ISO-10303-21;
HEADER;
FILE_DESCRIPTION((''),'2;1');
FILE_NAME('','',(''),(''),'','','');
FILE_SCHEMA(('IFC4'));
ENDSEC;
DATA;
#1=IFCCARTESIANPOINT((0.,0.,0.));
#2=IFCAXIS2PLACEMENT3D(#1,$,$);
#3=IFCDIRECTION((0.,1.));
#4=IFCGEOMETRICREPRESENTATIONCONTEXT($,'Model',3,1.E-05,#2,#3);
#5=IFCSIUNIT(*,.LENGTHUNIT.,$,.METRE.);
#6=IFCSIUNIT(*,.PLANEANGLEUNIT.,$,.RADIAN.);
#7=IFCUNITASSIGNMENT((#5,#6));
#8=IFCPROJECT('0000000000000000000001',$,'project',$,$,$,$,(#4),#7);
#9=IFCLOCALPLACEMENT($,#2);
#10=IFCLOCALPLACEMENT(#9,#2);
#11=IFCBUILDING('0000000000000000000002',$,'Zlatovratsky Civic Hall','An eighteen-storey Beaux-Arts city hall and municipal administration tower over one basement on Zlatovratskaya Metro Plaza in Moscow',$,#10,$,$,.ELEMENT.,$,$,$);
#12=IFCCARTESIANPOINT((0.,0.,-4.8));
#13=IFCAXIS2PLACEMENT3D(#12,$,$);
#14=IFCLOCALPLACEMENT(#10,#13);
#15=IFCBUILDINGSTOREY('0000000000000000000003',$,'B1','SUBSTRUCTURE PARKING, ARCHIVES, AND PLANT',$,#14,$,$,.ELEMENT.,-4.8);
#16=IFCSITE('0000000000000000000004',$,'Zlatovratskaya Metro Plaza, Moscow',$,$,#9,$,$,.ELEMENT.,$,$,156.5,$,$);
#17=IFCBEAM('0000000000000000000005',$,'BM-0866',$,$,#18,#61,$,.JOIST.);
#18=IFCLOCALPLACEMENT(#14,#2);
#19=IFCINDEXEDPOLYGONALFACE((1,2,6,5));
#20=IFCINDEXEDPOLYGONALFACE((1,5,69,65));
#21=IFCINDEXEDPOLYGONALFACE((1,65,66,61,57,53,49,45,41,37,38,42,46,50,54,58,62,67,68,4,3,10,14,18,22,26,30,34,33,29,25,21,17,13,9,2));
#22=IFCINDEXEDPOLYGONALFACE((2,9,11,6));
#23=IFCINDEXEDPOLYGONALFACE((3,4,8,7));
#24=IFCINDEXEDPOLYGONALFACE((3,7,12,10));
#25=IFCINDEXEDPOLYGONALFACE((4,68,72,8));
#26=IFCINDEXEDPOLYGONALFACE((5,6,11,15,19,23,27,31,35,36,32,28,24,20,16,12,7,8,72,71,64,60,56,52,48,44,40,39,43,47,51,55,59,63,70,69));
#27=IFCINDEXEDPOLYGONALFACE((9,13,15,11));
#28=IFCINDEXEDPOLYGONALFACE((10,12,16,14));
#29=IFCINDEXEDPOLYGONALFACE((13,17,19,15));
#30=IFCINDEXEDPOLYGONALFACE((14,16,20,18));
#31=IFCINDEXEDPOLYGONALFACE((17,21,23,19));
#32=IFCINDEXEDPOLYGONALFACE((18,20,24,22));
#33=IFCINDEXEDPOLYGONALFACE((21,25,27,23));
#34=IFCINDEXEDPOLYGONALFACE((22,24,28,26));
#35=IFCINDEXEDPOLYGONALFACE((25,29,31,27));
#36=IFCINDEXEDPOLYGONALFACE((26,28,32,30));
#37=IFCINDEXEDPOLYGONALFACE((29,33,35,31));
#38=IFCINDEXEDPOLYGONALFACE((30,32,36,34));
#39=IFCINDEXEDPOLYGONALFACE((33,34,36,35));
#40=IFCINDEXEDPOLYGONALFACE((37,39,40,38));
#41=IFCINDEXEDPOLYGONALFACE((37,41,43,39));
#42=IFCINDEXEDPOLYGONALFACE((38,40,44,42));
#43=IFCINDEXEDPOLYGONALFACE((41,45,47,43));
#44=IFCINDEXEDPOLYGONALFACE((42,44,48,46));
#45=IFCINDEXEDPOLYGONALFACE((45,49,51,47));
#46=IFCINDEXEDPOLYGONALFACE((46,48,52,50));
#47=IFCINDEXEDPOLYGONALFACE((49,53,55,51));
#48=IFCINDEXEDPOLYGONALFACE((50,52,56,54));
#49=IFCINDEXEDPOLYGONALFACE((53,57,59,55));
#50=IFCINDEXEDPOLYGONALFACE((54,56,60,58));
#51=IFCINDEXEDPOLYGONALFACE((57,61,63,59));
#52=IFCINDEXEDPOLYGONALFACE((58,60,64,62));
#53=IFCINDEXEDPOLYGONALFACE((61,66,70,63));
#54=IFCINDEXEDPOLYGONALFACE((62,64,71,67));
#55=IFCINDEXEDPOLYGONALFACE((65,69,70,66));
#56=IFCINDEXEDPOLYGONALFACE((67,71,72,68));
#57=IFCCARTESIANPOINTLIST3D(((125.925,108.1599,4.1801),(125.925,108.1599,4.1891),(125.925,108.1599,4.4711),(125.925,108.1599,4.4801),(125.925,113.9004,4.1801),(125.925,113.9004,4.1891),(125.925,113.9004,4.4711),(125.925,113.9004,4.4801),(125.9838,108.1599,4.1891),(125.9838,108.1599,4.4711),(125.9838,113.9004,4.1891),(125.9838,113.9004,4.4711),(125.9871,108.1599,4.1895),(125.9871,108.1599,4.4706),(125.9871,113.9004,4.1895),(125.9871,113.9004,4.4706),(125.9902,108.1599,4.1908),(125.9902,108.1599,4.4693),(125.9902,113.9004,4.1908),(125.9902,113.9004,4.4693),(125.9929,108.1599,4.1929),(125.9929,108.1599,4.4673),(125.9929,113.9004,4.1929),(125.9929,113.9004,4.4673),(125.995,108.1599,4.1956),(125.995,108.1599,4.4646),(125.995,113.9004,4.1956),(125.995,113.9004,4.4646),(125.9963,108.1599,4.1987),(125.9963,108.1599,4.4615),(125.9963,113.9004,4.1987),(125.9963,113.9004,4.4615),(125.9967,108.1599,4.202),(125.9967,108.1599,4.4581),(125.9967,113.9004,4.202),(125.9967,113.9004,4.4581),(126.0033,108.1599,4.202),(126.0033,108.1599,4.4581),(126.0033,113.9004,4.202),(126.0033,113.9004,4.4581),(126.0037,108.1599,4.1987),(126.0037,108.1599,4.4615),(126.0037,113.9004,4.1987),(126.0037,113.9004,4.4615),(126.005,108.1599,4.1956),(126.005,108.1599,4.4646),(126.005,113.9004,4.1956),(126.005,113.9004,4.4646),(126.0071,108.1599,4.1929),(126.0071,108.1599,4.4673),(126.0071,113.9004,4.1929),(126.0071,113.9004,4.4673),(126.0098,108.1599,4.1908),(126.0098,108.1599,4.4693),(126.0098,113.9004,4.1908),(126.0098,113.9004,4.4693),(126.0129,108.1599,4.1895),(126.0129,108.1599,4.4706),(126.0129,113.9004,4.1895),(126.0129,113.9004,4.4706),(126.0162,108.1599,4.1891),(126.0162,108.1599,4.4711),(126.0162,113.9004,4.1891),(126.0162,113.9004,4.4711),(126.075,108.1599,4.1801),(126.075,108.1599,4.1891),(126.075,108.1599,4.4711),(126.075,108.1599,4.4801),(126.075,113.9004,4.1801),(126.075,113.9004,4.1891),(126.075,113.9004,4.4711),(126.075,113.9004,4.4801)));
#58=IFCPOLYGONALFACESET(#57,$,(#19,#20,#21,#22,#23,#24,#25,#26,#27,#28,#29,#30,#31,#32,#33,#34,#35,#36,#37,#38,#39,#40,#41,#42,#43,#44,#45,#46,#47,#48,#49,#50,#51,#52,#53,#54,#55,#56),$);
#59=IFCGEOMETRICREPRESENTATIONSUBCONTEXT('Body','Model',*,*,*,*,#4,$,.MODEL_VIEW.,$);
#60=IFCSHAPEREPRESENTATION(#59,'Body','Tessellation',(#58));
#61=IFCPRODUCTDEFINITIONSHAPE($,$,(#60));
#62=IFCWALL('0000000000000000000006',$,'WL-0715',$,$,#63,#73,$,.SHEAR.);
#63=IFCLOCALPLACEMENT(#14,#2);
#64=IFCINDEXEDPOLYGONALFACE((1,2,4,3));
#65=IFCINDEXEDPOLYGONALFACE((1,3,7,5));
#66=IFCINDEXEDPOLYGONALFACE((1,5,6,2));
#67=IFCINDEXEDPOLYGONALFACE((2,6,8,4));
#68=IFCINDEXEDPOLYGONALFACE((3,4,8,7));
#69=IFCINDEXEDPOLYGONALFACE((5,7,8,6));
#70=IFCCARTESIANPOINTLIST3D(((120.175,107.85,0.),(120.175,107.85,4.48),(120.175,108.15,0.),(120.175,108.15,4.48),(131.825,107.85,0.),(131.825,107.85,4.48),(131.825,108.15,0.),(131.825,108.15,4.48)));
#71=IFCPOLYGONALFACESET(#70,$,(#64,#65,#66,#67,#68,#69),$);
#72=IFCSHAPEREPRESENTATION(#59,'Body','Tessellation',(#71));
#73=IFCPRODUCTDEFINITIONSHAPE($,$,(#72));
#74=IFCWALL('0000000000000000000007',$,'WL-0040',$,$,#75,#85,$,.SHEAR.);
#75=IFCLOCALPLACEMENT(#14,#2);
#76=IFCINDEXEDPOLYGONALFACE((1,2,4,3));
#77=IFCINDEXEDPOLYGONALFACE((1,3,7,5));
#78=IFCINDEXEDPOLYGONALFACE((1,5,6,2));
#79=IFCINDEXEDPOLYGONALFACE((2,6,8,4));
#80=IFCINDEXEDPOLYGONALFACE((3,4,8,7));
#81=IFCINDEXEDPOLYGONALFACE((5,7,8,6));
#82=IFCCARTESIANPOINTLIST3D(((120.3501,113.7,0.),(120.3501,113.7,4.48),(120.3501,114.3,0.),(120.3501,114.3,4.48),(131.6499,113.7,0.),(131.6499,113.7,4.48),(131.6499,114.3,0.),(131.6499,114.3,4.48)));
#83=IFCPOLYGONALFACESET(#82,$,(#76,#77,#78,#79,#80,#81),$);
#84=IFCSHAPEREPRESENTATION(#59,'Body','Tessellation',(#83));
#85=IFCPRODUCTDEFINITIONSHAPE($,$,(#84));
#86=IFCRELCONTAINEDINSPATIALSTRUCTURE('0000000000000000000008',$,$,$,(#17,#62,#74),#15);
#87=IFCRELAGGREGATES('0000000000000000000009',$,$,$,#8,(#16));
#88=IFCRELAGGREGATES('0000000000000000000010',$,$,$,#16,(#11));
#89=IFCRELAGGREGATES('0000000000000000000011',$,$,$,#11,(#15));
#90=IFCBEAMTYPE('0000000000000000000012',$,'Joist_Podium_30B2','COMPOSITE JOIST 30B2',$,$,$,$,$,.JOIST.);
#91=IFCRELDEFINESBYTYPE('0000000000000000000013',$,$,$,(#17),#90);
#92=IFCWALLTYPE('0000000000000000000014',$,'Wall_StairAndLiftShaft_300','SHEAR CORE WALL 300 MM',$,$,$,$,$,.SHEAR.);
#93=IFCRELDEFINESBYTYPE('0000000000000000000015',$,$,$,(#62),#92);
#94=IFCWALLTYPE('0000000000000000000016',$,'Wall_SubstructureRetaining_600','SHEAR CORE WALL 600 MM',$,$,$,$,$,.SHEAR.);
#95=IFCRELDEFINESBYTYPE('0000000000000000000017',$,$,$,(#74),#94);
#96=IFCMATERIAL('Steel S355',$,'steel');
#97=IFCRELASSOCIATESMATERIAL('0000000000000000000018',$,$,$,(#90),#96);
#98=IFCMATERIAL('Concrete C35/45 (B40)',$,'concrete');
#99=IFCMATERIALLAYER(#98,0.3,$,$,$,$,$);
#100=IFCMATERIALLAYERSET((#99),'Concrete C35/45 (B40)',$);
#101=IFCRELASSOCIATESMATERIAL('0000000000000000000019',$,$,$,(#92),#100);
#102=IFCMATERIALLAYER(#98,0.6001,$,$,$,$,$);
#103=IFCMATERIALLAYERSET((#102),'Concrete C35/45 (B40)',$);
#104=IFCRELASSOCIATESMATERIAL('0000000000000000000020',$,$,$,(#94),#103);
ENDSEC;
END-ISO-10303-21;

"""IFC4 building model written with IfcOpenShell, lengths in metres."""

from ifc_helpers import new_model, si_unit, direction, frame, frame_2d, origin, origin_2d, place, context, subcontext, project, spatial, rectangle, i_section, extrude, material, layer, layer_set, material_profile, profile_set, type_object, element, save


model = new_model("IFC4")

# Units and contexts
model_context = context("Model", 3, precision=1e-05, world=origin(), true_north=direction((0.0, 1.0)))
body_context = subcontext(model_context, "Body", "Model", "MODEL_VIEW")
ifc_project = project(units=[si_unit("LENGTHUNIT", "METRE"), si_unit("PLANEANGLEUNIT", "RADIAN")], contexts=[model_context])

# Site, building, storey
site_placement = place(None, origin())
site = spatial("IfcSite", under=ifc_project, at=site_placement, Name="Zlatovratskaya Metro Plaza, Moscow", CompositionType="ELEMENT", RefElevation=156.5)
building_placement = place(site_placement, origin())
building = spatial("IfcBuilding", under=site, at=building_placement, Name="Zlatovratsky Civic Hall", Description="An eighteen-storey Beaux-Arts city hall and municipal administration tower over one basement on Zlatovratskaya Metro Plaza in Moscow", CompositionType="ELEMENT")
storey_placement = place(building_placement, frame((0.0, 0.0, -4.8)))
storey = spatial("IfcBuildingStorey", under=building, at=storey_placement, Name="B1", Description="SUBSTRUCTURE PARKING, ARCHIVES, AND PLANT", CompositionType="ELEMENT", Elevation=-4.8)

# Shared definitions
ifc_material_1 = material(Name="Concrete C35/45 (B40)", Category="concrete")
ifc_material_2 = material(Name="Steel S355", Category="steel")

# Beam
ifc_material_profile_1 = material_profile(ifc_material_2, i_section(OverallWidth=0.1499, OverallDepth=0.3, WebThickness=0.0066, FlangeThickness=0.009, FilletRadius=0.0129, at=origin_2d()), Name="30B2")
ifc_profile_set_1 = profile_set([ifc_material_profile_1], Name="Steel S355")
beam_type_1 = type_object("IfcBeamType", Name="Joist_Podium_30B2", Description="COMPOSITE JOIST 30B2", PredefinedType="JOIST", material=ifc_profile_set_1)
beam_1_placement = place(storey_placement, frame((126.0, 108.1599, 4.3301), z_axis=(0.0, 1.0, 0.0), x_axis=(-1.0, 0.0, 0.0)))
element("IfcBeam", 1, at=beam_1_placement, inside=storey, type_object=beam_type_1, Name="BM-0866", PredefinedType="JOIST", context=body_context, shape_type="SweptSolid", body=[
    extrude(i_section(OverallWidth=0.1499, OverallDepth=0.3, WebThickness=0.0066, FlangeThickness=0.009, FilletRadius=0.0129, at=origin_2d()), origin(), (0.0, 0.0, 1.0), 5.7405),
])

# Walls
ifc_layer_1 = layer(ifc_material_1, 0.3)
ifc_layer_set_1 = layer_set([ifc_layer_1], Name="Concrete C35/45 (B40)")
wall_type_1 = type_object("IfcWallType", Name="Wall_StairAndLiftShaft_300", Description="SHEAR CORE WALL 300 MM", PredefinedType="SHEAR", material=ifc_layer_set_1)
wall_1_placement = place(storey_placement, frame((120.175, 108.0, 0.0), z_axis=(0.0, 0.0, 1.0), x_axis=(1.0, 0.0, 0.0)))
element("IfcWall", 2, at=wall_1_placement, inside=storey, type_object=wall_type_1, Name="WL-0715", PredefinedType="SHEAR", context=body_context, shape_type="SweptSolid", body=[
    extrude(rectangle(XDim=11.6499, YDim=0.3, at=frame_2d((5.825, 0.0))), origin(), (0.0, 0.0, 1.0), 4.48),
])
ifc_layer_2 = layer(ifc_material_1, 0.6001)
ifc_layer_set_2 = layer_set([ifc_layer_2], Name="Concrete C35/45 (B40)")
wall_type_2 = type_object("IfcWallType", Name="Wall_SubstructureRetaining_600", Description="SHEAR CORE WALL 600 MM", PredefinedType="SHEAR", material=ifc_layer_set_2)
wall_2_placement = place(storey_placement, frame((120.3501, 114.0, 0.0), z_axis=(0.0, 0.0, 1.0), x_axis=(1.0, 0.0, 0.0)))
element("IfcWall", 3, at=wall_2_placement, inside=storey, type_object=wall_type_2, Name="WL-0040", PredefinedType="SHEAR", context=body_context, shape_type="SweptSolid", body=[
    extrude(rectangle(XDim=11.2998, YDim=0.6001, at=frame_2d((5.6499, 0.0))), origin(), (0.0, 0.0, 1.0), 4.48),
])

save(model, "model.ifc")
